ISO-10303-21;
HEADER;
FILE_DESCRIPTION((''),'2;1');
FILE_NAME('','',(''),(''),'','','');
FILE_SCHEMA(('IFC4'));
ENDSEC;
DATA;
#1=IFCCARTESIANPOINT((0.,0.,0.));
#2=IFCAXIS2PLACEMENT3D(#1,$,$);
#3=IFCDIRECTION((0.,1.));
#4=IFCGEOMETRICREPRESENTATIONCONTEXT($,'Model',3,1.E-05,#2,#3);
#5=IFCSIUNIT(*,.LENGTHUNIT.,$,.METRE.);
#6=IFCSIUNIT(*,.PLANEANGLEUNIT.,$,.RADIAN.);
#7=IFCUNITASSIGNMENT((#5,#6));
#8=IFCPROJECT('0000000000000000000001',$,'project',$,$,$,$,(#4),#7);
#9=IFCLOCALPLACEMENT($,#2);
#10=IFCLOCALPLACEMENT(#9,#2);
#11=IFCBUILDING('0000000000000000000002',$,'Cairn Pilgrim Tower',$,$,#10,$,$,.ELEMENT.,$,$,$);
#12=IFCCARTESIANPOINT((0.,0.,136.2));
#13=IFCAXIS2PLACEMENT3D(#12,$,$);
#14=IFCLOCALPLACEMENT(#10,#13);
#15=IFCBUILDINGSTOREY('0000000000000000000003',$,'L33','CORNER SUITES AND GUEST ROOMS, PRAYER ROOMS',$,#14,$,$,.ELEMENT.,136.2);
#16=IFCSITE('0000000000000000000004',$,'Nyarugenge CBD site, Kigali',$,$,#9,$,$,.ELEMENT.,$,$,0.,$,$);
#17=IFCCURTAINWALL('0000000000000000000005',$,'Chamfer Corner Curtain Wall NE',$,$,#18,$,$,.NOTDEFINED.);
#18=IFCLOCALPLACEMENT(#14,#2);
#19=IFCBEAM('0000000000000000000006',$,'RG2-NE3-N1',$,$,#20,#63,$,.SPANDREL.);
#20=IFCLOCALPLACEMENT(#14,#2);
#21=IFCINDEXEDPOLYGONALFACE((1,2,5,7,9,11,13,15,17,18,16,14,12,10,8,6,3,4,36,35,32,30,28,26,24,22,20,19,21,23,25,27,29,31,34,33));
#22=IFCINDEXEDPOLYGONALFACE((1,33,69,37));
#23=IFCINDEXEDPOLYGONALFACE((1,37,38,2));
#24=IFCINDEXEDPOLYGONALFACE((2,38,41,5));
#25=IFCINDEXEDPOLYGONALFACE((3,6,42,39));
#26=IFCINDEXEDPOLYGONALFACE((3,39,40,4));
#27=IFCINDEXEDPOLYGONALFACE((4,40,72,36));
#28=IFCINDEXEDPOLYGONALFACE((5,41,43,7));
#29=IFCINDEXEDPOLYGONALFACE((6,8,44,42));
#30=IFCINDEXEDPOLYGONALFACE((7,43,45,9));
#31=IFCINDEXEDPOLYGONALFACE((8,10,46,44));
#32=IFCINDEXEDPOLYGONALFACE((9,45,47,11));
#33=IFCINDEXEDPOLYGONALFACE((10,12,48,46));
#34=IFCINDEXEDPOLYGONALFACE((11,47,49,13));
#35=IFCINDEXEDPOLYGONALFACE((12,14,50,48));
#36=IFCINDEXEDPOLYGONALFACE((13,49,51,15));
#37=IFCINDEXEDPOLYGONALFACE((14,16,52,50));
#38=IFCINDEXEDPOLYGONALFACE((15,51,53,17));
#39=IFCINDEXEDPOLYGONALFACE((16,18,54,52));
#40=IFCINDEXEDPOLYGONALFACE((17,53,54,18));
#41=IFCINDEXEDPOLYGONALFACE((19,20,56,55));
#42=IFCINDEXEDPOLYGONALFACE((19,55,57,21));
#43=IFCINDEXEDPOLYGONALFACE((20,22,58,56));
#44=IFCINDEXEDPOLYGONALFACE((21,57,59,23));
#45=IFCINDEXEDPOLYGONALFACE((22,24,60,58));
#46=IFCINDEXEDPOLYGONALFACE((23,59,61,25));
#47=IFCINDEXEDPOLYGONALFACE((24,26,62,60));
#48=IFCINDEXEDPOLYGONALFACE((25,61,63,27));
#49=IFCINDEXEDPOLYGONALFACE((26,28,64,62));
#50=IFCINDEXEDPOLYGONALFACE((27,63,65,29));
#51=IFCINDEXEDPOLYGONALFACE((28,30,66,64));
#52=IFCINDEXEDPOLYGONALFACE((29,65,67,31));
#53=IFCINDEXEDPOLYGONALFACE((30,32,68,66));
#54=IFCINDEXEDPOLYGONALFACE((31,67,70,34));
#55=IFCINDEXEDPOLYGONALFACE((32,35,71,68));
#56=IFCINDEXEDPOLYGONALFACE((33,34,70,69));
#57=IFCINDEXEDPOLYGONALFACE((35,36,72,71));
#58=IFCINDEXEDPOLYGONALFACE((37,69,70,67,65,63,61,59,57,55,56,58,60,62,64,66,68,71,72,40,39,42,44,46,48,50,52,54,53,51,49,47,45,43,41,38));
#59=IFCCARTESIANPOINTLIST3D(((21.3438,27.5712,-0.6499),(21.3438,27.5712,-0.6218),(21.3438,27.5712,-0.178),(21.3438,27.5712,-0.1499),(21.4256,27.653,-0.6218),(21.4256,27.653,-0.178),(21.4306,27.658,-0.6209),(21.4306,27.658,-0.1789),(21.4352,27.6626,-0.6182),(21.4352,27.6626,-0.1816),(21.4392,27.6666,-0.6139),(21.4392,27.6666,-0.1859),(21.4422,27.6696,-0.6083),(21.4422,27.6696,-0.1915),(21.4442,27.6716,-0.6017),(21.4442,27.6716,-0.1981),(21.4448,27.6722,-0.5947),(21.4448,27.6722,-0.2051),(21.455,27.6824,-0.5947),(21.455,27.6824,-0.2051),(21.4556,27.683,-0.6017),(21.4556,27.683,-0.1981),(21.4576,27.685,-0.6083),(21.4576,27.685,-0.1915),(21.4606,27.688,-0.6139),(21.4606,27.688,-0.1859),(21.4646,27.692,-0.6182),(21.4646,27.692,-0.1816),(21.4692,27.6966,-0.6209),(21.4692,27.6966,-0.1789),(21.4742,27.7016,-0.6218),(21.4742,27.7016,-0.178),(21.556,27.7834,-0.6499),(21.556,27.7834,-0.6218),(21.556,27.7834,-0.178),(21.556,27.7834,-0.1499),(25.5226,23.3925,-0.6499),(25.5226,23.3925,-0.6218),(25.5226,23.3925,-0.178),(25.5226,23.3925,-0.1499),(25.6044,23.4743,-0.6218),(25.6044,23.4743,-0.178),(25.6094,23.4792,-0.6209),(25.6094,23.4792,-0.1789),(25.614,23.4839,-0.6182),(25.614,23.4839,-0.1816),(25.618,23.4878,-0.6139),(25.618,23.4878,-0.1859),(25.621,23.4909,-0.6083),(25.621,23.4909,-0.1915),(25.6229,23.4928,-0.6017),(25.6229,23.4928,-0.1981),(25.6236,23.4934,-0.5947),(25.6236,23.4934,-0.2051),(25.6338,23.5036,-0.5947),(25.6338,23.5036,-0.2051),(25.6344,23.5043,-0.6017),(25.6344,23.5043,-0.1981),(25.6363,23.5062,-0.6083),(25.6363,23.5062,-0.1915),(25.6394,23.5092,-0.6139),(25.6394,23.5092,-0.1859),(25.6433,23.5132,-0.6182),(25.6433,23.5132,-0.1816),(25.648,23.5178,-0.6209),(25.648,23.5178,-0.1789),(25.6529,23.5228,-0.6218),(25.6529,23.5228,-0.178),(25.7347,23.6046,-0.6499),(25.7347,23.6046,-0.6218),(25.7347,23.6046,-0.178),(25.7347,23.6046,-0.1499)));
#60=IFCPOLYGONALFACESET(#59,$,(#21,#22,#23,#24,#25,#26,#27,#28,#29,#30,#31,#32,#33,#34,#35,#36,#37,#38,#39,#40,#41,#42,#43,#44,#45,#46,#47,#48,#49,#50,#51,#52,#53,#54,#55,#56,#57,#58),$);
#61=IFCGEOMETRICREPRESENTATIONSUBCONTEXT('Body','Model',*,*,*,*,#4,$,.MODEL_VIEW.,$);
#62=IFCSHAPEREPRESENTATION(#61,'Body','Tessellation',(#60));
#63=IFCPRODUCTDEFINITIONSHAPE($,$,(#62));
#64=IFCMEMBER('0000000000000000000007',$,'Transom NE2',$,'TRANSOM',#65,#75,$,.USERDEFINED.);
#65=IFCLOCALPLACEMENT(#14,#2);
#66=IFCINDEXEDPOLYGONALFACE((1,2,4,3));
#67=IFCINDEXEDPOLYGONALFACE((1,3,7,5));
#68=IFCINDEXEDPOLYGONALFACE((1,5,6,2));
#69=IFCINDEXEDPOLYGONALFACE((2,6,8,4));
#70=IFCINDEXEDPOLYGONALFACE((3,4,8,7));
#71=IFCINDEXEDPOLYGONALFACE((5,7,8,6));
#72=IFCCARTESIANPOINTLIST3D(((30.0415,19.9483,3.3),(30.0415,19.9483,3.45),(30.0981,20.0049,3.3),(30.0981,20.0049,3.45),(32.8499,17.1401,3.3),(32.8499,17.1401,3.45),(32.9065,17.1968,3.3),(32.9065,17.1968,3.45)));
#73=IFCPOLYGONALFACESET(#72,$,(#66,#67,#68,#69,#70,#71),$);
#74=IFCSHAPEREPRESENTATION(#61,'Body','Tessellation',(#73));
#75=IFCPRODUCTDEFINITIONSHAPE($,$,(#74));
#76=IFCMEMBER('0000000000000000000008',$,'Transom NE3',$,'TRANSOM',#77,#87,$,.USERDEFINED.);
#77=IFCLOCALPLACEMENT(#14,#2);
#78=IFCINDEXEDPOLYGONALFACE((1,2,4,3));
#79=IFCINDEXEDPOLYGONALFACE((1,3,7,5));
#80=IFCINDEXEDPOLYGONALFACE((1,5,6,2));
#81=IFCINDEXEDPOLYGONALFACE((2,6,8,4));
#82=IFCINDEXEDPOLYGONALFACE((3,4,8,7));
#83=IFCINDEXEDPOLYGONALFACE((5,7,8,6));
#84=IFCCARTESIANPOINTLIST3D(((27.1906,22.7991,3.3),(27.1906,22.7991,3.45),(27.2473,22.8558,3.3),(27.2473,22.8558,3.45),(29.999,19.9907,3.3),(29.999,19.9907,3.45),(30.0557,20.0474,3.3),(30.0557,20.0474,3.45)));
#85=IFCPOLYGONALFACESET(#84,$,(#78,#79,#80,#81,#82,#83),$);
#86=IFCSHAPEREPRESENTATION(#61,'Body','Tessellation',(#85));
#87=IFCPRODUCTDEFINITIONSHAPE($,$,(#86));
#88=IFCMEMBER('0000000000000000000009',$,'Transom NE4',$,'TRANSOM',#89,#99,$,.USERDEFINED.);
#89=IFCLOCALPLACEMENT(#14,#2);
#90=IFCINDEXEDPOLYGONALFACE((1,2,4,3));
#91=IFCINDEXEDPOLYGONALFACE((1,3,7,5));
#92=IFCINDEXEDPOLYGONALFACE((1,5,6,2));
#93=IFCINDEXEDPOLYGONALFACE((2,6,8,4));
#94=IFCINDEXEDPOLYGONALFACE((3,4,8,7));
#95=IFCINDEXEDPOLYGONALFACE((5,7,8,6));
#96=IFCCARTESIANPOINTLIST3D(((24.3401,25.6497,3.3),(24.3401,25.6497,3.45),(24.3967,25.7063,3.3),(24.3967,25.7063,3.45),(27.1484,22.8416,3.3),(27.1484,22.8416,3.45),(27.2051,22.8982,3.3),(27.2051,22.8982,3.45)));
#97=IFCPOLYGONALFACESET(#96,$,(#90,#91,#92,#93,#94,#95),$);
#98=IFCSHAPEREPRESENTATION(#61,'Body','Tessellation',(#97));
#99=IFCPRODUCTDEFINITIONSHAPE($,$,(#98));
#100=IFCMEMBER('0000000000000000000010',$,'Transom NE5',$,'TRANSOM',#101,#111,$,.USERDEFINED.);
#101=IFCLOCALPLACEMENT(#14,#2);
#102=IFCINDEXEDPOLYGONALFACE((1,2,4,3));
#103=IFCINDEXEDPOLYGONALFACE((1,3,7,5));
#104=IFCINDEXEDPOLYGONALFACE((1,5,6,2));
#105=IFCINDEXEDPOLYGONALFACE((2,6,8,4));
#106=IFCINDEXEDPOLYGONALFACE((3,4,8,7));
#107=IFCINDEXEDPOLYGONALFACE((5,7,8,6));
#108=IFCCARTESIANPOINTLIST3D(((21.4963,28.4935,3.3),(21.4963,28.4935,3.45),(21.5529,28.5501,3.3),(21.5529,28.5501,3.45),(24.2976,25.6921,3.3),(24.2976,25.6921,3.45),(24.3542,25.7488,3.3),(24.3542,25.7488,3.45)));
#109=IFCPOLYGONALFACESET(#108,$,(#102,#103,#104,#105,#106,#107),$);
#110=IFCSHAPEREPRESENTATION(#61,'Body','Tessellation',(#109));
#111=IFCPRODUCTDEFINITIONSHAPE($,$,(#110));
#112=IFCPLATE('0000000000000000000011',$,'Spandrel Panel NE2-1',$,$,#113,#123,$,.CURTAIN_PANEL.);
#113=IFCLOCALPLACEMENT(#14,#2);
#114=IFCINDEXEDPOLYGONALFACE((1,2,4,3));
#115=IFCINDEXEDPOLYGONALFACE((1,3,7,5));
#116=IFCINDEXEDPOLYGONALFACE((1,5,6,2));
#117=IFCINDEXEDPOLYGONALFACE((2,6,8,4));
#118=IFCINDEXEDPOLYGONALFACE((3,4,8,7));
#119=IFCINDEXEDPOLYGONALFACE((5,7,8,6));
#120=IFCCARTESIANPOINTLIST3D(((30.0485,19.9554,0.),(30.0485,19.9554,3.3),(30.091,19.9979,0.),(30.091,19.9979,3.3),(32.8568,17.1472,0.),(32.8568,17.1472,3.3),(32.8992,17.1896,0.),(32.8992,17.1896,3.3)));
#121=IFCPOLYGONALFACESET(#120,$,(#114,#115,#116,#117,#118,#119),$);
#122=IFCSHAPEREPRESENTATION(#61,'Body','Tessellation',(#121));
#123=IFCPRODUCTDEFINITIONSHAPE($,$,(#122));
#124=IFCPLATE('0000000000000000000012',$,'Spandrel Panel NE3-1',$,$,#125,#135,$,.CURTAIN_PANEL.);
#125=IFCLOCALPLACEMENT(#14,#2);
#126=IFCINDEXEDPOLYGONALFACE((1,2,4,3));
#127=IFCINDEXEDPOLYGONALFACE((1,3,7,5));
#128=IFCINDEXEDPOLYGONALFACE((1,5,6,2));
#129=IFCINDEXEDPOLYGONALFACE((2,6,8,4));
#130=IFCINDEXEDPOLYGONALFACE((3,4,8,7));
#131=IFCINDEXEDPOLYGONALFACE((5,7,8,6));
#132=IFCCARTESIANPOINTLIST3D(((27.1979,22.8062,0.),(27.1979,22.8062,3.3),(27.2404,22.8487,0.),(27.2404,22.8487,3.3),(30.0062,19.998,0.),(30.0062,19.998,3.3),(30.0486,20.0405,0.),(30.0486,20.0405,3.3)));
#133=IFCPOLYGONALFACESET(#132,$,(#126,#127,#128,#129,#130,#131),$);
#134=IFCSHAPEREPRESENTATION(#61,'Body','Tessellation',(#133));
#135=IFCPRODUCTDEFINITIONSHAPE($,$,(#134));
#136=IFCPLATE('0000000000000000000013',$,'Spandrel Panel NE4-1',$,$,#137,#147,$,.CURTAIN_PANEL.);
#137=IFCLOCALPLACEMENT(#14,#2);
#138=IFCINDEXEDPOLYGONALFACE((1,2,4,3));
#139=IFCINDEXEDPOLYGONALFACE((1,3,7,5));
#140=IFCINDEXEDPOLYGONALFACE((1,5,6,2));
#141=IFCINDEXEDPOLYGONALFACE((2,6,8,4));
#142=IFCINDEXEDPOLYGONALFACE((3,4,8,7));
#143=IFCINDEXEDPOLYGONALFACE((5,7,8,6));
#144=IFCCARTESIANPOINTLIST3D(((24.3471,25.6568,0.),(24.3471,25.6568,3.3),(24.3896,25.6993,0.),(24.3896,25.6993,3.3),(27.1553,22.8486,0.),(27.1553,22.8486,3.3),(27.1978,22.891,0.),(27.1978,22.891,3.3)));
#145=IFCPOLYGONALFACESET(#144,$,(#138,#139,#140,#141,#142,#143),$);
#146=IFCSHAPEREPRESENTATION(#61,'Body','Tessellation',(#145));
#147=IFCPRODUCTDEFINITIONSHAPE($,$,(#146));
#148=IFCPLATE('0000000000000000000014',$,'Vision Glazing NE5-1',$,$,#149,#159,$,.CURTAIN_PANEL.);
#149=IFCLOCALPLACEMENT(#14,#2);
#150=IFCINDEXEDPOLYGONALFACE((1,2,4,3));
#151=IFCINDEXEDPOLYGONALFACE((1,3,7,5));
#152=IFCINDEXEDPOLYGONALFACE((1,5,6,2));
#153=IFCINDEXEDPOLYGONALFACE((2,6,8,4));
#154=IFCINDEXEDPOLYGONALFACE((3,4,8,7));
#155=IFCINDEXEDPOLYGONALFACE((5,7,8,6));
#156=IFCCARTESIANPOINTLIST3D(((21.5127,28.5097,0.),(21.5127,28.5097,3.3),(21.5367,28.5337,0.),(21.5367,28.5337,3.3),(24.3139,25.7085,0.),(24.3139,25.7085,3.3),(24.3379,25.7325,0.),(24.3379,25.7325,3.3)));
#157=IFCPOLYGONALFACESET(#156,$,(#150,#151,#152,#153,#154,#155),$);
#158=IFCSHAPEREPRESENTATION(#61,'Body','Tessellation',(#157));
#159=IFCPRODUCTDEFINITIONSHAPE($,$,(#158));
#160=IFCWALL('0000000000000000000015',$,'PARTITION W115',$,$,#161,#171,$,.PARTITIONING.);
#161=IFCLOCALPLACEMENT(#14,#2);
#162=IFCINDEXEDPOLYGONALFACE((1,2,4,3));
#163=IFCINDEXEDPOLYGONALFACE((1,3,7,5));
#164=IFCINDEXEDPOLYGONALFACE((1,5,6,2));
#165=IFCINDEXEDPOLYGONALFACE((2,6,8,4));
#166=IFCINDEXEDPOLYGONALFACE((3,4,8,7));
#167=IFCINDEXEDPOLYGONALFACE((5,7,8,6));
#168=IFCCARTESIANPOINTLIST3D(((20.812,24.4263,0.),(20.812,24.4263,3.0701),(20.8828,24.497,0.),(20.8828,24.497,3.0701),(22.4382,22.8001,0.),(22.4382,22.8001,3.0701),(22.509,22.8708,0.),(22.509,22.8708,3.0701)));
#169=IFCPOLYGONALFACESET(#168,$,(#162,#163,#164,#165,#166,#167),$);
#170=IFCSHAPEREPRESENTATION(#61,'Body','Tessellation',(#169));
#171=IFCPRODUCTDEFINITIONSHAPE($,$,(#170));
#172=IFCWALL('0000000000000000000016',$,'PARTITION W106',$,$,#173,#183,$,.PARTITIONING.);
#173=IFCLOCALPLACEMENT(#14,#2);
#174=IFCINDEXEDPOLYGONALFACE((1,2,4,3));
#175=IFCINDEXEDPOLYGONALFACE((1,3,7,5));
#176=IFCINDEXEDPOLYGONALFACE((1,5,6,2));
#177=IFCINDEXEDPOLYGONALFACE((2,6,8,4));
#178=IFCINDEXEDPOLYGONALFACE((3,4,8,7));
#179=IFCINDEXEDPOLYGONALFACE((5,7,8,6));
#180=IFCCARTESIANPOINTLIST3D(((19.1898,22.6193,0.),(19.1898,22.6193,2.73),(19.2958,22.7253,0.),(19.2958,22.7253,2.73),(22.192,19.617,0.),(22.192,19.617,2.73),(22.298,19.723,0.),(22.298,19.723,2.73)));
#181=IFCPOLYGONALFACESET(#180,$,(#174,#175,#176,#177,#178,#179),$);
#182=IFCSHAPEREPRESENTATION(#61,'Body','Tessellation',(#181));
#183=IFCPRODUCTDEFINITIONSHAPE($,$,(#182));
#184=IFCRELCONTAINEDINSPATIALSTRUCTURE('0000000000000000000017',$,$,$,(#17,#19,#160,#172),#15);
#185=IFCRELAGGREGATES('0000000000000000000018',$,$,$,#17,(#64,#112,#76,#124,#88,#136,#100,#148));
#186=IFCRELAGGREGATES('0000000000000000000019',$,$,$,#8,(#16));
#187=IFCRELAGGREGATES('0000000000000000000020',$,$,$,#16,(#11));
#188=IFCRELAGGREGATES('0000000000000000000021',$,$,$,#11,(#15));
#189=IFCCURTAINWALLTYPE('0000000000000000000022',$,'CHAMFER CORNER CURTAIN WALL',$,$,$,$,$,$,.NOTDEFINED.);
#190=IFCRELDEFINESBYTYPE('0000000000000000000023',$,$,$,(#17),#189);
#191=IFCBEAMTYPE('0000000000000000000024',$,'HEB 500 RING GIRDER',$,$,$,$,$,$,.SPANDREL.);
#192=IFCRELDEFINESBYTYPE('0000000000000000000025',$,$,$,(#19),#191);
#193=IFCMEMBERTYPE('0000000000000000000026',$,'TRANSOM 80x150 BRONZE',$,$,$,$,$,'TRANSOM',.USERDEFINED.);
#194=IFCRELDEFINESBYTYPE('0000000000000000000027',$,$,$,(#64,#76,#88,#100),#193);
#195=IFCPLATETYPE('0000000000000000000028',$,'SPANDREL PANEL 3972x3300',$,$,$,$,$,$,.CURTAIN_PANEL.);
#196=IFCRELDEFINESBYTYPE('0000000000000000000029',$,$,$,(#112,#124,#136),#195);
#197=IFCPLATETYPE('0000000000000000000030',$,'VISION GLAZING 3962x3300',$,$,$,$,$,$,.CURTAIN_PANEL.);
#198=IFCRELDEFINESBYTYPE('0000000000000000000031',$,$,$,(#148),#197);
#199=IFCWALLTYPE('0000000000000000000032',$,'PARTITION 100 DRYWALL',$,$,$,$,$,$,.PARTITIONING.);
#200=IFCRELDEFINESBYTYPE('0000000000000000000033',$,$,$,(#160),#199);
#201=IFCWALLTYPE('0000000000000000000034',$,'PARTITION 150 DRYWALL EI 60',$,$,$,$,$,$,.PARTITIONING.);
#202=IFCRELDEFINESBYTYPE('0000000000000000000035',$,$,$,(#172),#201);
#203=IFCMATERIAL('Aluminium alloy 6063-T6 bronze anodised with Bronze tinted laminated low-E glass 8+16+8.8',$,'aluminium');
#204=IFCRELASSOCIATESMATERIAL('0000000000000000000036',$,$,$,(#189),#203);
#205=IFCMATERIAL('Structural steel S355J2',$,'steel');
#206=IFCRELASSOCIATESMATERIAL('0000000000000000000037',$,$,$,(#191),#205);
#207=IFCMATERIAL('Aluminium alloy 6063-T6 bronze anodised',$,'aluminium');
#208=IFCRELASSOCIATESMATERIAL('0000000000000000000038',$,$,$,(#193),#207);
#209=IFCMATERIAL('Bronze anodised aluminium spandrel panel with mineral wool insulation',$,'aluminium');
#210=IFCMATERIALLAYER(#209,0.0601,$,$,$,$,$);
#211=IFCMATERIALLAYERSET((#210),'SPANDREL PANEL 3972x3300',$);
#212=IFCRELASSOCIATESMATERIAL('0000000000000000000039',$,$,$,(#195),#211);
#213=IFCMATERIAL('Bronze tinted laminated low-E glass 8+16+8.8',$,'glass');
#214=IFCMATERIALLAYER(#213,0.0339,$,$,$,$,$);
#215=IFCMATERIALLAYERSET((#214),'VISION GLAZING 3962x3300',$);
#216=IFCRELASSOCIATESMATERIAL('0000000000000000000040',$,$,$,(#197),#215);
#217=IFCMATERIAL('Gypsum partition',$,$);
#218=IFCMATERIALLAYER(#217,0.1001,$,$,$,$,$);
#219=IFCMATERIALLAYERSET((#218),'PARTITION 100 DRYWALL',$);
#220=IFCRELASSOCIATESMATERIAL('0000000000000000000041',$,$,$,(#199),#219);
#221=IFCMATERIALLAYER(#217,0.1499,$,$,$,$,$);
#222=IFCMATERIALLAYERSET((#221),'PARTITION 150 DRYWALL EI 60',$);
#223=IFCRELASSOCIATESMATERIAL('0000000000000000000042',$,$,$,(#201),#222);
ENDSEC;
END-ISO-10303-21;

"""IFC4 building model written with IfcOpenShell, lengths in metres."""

from ifc_helpers import new_model, si_unit, direction, frame, frame_2d, origin, origin_2d, place, context, subcontext, project, spatial, rectangle, i_section, extrude, material, layer, layer_set, material_profile, profile_set, type_object, element, aggregate, save


model = new_model("IFC4")

# Units and contexts
model_context = context("Model", 3, precision=1e-05, world=origin(), true_north=direction((0.0, 1.0)))
body_context = subcontext(model_context, "Body", "Model", "MODEL_VIEW")
ifc_project = project(units=[si_unit("LENGTHUNIT", "METRE"), si_unit("PLANEANGLEUNIT", "RADIAN")], contexts=[model_context])

# Site, building, storey
site_placement = place(None, origin())
site = spatial("IfcSite", under=ifc_project, at=site_placement, Name="Nyarugenge CBD site, Kigali", CompositionType="ELEMENT", RefElevation=0.0)
building_placement = place(site_placement, origin())
building = spatial("IfcBuilding", under=site, at=building_placement, Name="Cairn Pilgrim Tower", CompositionType="ELEMENT")
storey_placement = place(building_placement, frame((0.0, 0.0, 136.2)))
storey = spatial("IfcBuildingStorey", under=building, at=storey_placement, Name="L33", Description="CORNER SUITES AND GUEST ROOMS, PRAYER ROOMS", CompositionType="ELEMENT", Elevation=136.2)

# Shared definitions
ifc_material_1 = material(Name="Structural steel S355J2", Category="steel")

# Curtain wall
ifc_material_2 = material(Name="Aluminium alloy 6063-T6 bronze anodised with Bronze tinted laminated low-E glass 8+16+8.8", Category="aluminium")
curtain_wall_type_1 = type_object("IfcCurtainWallType", Name="CHAMFER CORNER CURTAIN WALL", PredefinedType="NOTDEFINED", material=ifc_material_2)
curtain_wall_1_placement = place(storey_placement, origin())
curtain_wall_1 = element("IfcCurtainWall", 1, at=curtain_wall_1_placement, inside=storey, type_object=curtain_wall_type_1, Name="Chamfer Corner Curtain Wall NE", PredefinedType="NOTDEFINED")
ifc_material_3 = material(Name="Aluminium alloy 6063-T6 bronze anodised", Category="aluminium")

# Beam
ifc_material_profile_1 = material_profile(ifc_material_1, i_section(OverallWidth=0.3, OverallDepth=0.5, WebThickness=0.0144, FlangeThickness=0.0281, FilletRadius=0.0271, at=origin_2d()), Name="HEB 500")
ifc_profile_set_1 = profile_set([ifc_material_profile_1], Name="Structural steel S355J2")
beam_type_1 = type_object("IfcBeamType", Name="HEB 500 RING GIRDER", PredefinedType="SPANDREL", material=ifc_profile_set_1)
beam_placement = place(storey_placement, frame((25.6287, 23.4985, -0.3999), z_axis=(-0.707107, 0.707107, 0.0), x_axis=(-0.707107, -0.707107, 0.0)))
element("IfcBeam", 2, at=beam_placement, inside=storey, type_object=beam_type_1, Name="RG2-NE3-N1", PredefinedType="SPANDREL", context=body_context, shape_type="SweptSolid", body=[
    extrude(i_section(OverallWidth=0.3, OverallDepth=0.5, WebThickness=0.0144, FlangeThickness=0.0281, FilletRadius=0.0271, at=origin_2d()), origin(), (0.0, 0.0, 1.0), 5.9097),
])

# Members
ifc_material_profile_2 = material_profile(ifc_material_3, rectangle(XDim=0.0801, YDim=0.1499, at=origin_2d()), Name="TRANSOM 80x150 BRONZE")
ifc_profile_set_2 = profile_set([ifc_material_profile_2], Name="Aluminium alloy 6063-T6 bronze anodised")
member_type_1 = type_object("IfcMemberType", Name="TRANSOM 80x150 BRONZE", ElementType="TRANSOM", PredefinedType="USERDEFINED", material=ifc_profile_set_2)
member_1_placement = place(storey_placement, frame((32.8782, 17.1685, 3.375), z_axis=(-0.707138, 0.707076, 0.0), x_axis=(-0.707076, -0.707138, 0.0)))
member_1 = element("IfcMember", 3, at=member_1_placement, type_object=member_type_1, Name="Transom NE2", ObjectType="TRANSOM", PredefinedType="USERDEFINED", context=body_context, shape_type="SweptSolid", body=[
    extrude(rectangle(XDim=0.0801, YDim=0.1499, at=origin_2d()), origin(), (0.0, 0.0, 1.0), 3.9714),
])
member_2_placement = place(storey_placement, frame((30.0273, 20.019, 3.375), z_axis=(-0.707107, 0.707107, 0.0), x_axis=(-0.707107, -0.707107, 0.0)))
member_2 = element("IfcMember", 4, at=member_2_placement, type_object=member_type_1, Name="Transom NE3", ObjectType="TRANSOM", PredefinedType="USERDEFINED", context=body_context, shape_type="SweptSolid", body=[
    extrude(rectangle(XDim=0.0801, YDim=0.1499, at=origin_2d()), origin(), (0.0, 0.0, 1.0), 3.9717),
])
member_3_placement = place(storey_placement, frame((27.1768, 22.8699, 3.375), z_axis=(-0.707138, 0.707076, 0.0), x_axis=(-0.707076, -0.707138, 0.0)))
member_3 = element("IfcMember", 5, at=member_3_placement, type_object=member_type_1, Name="Transom NE4", ObjectType="TRANSOM", PredefinedType="USERDEFINED", context=body_context, shape_type="SweptSolid", body=[
    extrude(rectangle(XDim=0.0801, YDim=0.1499, at=origin_2d()), origin(), (0.0, 0.0, 1.0), 3.9714),
])
member_4_placement = place(storey_placement, frame((24.3259, 25.7205, 3.375), z_axis=(-0.707107, 0.707107, 0.0), x_axis=(-0.707107, -0.707107, 0.0)))
member_4 = element("IfcMember", 6, at=member_4_placement, type_object=member_type_1, Name="Transom NE5", ObjectType="TRANSOM", PredefinedType="USERDEFINED", context=body_context, shape_type="SweptSolid", body=[
    extrude(rectangle(XDim=0.0801, YDim=0.1499, at=origin_2d()), origin(), (0.0, 0.0, 1.0), 3.9617),
])

# Plates
ifc_material_4 = material(Name="Bronze anodised aluminium spandrel panel with mineral wool insulation", Category="aluminium")
ifc_layer_1 = layer(ifc_material_4, 0.0601)
ifc_layer_set_1 = layer_set([ifc_layer_1], Name="SPANDREL PANEL 3972x3300")
plate_type_1 = type_object("IfcPlateType", Name="SPANDREL PANEL 3972x3300", PredefinedType="CURTAIN_PANEL", material=ifc_layer_set_1)
plate_1_placement = place(storey_placement, frame((31.4739, 18.5725, 0.0), z_axis=(0.0, 0.0, 1.0), x_axis=(-0.707107, 0.707107, 0.0)))
plate_1 = element("IfcPlate", 7, at=plate_1_placement, type_object=plate_type_1, Name="Spandrel Panel NE2-1", PredefinedType="CURTAIN_PANEL", context=body_context, shape_type="SweptSolid", body=[
    extrude(rectangle(XDim=3.9714, YDim=0.0601, at=origin_2d()), origin(), (0.0, 0.0, 1.0), 3.3),
])
plate_2_placement = place(storey_placement, frame((28.6233, 21.4233, 0.0), z_axis=(0.0, 0.0, 1.0), x_axis=(-0.707107, 0.707107, 0.0)))
plate_2 = element("IfcPlate", 8, at=plate_2_placement, type_object=plate_type_1, Name="Spandrel Panel NE3-1", PredefinedType="CURTAIN_PANEL", context=body_context, shape_type="SweptSolid", body=[
    extrude(rectangle(XDim=3.9714, YDim=0.0601, at=origin_2d()), origin(), (0.0, 0.0, 1.0), 3.3),
])
plate_3_placement = place(storey_placement, frame((25.7725, 24.2739, 0.0), z_axis=(0.0, 0.0, 1.0), x_axis=(-0.707107, 0.707107, 0.0)))
plate_3 = element("IfcPlate", 9, at=plate_3_placement, type_object=plate_type_1, Name="Spandrel Panel NE4-1", PredefinedType="CURTAIN_PANEL", context=body_context, shape_type="SweptSolid", body=[
    extrude(rectangle(XDim=3.9714, YDim=0.0601, at=origin_2d()), origin(), (0.0, 0.0, 1.0), 3.3),
])
ifc_material_5 = material(Name="Bronze tinted laminated low-E glass 8+16+8.8", Category="glass")
ifc_layer_2 = layer(ifc_material_5, 0.0339)
ifc_layer_set_2 = layer_set([ifc_layer_2], Name="VISION GLAZING 3962x3300")
plate_type_2 = type_object("IfcPlateType", Name="VISION GLAZING 3962x3300", PredefinedType="CURTAIN_PANEL", material=ifc_layer_set_2)
plate_4_placement = place(storey_placement, frame((22.9253, 27.1211, 0.0), z_axis=(0.0, 0.0, 1.0), x_axis=(-0.707107, 0.707107, 0.0)))
plate_4 = element("IfcPlate", 10, at=plate_4_placement, type_object=plate_type_2, Name="Vision Glazing NE5-1", PredefinedType="CURTAIN_PANEL", context=body_context, shape_type="SweptSolid", body=[
    extrude(rectangle(XDim=3.9614, YDim=0.0339, at=origin_2d()), origin(), (0.0, 0.0, 1.0), 3.3),
])
aggregate(curtain_wall_1, [member_1, plate_1, member_2, plate_2, member_3, plate_3, member_4, plate_4])

# Walls
ifc_material_6 = material(Name="Gypsum partition")
ifc_layer_3 = layer(ifc_material_6, 0.1001)
ifc_layer_set_3 = layer_set([ifc_layer_3], Name="PARTITION 100 DRYWALL")
wall_type_1 = type_object("IfcWallType", Name="PARTITION 100 DRYWALL", PredefinedType="PARTITIONING", material=ifc_layer_set_3)
wall_1_placement = place(storey_placement, frame((22.4736, 22.8354, 0.0), z_axis=(0.0, 0.0, 1.0), x_axis=(-0.707107, 0.707107, 0.0)))
element("IfcWall", 11, at=wall_1_placement, inside=storey, type_object=wall_type_1, Name="PARTITION W115", PredefinedType="PARTITIONING", context=body_context, shape_type="SweptSolid", body=[
    extrude(rectangle(XDim=2.2998, YDim=0.1001, at=frame_2d((1.1499, 0.0))), origin(), (0.0, 0.0, 1.0), 3.0701),
])
ifc_layer_4 = layer(ifc_material_6, 0.1499)
ifc_layer_set_4 = layer_set([ifc_layer_4], Name="PARTITION 150 DRYWALL EI 60")
wall_type_2 = type_object("IfcWallType", Name="PARTITION 150 DRYWALL EI 60", PredefinedType="PARTITIONING", material=ifc_layer_set_4)
wall_2_placement = place(storey_placement, frame((22.2451, 19.6699, 0.0), z_axis=(0.0, 0.0, 1.0), x_axis=(-0.707107, 0.707107, 0.0)))
element("IfcWall", 12, at=wall_2_placement, inside=storey, type_object=wall_type_2, Name="PARTITION W106", PredefinedType="PARTITIONING", context=body_context, shape_type="SweptSolid", body=[
    extrude(rectangle(XDim=4.2458, YDim=0.1499, at=frame_2d((2.123, 0.0))), origin(), (0.0, 0.0, 1.0), 2.73),
])

save(model, "model.ifc")
